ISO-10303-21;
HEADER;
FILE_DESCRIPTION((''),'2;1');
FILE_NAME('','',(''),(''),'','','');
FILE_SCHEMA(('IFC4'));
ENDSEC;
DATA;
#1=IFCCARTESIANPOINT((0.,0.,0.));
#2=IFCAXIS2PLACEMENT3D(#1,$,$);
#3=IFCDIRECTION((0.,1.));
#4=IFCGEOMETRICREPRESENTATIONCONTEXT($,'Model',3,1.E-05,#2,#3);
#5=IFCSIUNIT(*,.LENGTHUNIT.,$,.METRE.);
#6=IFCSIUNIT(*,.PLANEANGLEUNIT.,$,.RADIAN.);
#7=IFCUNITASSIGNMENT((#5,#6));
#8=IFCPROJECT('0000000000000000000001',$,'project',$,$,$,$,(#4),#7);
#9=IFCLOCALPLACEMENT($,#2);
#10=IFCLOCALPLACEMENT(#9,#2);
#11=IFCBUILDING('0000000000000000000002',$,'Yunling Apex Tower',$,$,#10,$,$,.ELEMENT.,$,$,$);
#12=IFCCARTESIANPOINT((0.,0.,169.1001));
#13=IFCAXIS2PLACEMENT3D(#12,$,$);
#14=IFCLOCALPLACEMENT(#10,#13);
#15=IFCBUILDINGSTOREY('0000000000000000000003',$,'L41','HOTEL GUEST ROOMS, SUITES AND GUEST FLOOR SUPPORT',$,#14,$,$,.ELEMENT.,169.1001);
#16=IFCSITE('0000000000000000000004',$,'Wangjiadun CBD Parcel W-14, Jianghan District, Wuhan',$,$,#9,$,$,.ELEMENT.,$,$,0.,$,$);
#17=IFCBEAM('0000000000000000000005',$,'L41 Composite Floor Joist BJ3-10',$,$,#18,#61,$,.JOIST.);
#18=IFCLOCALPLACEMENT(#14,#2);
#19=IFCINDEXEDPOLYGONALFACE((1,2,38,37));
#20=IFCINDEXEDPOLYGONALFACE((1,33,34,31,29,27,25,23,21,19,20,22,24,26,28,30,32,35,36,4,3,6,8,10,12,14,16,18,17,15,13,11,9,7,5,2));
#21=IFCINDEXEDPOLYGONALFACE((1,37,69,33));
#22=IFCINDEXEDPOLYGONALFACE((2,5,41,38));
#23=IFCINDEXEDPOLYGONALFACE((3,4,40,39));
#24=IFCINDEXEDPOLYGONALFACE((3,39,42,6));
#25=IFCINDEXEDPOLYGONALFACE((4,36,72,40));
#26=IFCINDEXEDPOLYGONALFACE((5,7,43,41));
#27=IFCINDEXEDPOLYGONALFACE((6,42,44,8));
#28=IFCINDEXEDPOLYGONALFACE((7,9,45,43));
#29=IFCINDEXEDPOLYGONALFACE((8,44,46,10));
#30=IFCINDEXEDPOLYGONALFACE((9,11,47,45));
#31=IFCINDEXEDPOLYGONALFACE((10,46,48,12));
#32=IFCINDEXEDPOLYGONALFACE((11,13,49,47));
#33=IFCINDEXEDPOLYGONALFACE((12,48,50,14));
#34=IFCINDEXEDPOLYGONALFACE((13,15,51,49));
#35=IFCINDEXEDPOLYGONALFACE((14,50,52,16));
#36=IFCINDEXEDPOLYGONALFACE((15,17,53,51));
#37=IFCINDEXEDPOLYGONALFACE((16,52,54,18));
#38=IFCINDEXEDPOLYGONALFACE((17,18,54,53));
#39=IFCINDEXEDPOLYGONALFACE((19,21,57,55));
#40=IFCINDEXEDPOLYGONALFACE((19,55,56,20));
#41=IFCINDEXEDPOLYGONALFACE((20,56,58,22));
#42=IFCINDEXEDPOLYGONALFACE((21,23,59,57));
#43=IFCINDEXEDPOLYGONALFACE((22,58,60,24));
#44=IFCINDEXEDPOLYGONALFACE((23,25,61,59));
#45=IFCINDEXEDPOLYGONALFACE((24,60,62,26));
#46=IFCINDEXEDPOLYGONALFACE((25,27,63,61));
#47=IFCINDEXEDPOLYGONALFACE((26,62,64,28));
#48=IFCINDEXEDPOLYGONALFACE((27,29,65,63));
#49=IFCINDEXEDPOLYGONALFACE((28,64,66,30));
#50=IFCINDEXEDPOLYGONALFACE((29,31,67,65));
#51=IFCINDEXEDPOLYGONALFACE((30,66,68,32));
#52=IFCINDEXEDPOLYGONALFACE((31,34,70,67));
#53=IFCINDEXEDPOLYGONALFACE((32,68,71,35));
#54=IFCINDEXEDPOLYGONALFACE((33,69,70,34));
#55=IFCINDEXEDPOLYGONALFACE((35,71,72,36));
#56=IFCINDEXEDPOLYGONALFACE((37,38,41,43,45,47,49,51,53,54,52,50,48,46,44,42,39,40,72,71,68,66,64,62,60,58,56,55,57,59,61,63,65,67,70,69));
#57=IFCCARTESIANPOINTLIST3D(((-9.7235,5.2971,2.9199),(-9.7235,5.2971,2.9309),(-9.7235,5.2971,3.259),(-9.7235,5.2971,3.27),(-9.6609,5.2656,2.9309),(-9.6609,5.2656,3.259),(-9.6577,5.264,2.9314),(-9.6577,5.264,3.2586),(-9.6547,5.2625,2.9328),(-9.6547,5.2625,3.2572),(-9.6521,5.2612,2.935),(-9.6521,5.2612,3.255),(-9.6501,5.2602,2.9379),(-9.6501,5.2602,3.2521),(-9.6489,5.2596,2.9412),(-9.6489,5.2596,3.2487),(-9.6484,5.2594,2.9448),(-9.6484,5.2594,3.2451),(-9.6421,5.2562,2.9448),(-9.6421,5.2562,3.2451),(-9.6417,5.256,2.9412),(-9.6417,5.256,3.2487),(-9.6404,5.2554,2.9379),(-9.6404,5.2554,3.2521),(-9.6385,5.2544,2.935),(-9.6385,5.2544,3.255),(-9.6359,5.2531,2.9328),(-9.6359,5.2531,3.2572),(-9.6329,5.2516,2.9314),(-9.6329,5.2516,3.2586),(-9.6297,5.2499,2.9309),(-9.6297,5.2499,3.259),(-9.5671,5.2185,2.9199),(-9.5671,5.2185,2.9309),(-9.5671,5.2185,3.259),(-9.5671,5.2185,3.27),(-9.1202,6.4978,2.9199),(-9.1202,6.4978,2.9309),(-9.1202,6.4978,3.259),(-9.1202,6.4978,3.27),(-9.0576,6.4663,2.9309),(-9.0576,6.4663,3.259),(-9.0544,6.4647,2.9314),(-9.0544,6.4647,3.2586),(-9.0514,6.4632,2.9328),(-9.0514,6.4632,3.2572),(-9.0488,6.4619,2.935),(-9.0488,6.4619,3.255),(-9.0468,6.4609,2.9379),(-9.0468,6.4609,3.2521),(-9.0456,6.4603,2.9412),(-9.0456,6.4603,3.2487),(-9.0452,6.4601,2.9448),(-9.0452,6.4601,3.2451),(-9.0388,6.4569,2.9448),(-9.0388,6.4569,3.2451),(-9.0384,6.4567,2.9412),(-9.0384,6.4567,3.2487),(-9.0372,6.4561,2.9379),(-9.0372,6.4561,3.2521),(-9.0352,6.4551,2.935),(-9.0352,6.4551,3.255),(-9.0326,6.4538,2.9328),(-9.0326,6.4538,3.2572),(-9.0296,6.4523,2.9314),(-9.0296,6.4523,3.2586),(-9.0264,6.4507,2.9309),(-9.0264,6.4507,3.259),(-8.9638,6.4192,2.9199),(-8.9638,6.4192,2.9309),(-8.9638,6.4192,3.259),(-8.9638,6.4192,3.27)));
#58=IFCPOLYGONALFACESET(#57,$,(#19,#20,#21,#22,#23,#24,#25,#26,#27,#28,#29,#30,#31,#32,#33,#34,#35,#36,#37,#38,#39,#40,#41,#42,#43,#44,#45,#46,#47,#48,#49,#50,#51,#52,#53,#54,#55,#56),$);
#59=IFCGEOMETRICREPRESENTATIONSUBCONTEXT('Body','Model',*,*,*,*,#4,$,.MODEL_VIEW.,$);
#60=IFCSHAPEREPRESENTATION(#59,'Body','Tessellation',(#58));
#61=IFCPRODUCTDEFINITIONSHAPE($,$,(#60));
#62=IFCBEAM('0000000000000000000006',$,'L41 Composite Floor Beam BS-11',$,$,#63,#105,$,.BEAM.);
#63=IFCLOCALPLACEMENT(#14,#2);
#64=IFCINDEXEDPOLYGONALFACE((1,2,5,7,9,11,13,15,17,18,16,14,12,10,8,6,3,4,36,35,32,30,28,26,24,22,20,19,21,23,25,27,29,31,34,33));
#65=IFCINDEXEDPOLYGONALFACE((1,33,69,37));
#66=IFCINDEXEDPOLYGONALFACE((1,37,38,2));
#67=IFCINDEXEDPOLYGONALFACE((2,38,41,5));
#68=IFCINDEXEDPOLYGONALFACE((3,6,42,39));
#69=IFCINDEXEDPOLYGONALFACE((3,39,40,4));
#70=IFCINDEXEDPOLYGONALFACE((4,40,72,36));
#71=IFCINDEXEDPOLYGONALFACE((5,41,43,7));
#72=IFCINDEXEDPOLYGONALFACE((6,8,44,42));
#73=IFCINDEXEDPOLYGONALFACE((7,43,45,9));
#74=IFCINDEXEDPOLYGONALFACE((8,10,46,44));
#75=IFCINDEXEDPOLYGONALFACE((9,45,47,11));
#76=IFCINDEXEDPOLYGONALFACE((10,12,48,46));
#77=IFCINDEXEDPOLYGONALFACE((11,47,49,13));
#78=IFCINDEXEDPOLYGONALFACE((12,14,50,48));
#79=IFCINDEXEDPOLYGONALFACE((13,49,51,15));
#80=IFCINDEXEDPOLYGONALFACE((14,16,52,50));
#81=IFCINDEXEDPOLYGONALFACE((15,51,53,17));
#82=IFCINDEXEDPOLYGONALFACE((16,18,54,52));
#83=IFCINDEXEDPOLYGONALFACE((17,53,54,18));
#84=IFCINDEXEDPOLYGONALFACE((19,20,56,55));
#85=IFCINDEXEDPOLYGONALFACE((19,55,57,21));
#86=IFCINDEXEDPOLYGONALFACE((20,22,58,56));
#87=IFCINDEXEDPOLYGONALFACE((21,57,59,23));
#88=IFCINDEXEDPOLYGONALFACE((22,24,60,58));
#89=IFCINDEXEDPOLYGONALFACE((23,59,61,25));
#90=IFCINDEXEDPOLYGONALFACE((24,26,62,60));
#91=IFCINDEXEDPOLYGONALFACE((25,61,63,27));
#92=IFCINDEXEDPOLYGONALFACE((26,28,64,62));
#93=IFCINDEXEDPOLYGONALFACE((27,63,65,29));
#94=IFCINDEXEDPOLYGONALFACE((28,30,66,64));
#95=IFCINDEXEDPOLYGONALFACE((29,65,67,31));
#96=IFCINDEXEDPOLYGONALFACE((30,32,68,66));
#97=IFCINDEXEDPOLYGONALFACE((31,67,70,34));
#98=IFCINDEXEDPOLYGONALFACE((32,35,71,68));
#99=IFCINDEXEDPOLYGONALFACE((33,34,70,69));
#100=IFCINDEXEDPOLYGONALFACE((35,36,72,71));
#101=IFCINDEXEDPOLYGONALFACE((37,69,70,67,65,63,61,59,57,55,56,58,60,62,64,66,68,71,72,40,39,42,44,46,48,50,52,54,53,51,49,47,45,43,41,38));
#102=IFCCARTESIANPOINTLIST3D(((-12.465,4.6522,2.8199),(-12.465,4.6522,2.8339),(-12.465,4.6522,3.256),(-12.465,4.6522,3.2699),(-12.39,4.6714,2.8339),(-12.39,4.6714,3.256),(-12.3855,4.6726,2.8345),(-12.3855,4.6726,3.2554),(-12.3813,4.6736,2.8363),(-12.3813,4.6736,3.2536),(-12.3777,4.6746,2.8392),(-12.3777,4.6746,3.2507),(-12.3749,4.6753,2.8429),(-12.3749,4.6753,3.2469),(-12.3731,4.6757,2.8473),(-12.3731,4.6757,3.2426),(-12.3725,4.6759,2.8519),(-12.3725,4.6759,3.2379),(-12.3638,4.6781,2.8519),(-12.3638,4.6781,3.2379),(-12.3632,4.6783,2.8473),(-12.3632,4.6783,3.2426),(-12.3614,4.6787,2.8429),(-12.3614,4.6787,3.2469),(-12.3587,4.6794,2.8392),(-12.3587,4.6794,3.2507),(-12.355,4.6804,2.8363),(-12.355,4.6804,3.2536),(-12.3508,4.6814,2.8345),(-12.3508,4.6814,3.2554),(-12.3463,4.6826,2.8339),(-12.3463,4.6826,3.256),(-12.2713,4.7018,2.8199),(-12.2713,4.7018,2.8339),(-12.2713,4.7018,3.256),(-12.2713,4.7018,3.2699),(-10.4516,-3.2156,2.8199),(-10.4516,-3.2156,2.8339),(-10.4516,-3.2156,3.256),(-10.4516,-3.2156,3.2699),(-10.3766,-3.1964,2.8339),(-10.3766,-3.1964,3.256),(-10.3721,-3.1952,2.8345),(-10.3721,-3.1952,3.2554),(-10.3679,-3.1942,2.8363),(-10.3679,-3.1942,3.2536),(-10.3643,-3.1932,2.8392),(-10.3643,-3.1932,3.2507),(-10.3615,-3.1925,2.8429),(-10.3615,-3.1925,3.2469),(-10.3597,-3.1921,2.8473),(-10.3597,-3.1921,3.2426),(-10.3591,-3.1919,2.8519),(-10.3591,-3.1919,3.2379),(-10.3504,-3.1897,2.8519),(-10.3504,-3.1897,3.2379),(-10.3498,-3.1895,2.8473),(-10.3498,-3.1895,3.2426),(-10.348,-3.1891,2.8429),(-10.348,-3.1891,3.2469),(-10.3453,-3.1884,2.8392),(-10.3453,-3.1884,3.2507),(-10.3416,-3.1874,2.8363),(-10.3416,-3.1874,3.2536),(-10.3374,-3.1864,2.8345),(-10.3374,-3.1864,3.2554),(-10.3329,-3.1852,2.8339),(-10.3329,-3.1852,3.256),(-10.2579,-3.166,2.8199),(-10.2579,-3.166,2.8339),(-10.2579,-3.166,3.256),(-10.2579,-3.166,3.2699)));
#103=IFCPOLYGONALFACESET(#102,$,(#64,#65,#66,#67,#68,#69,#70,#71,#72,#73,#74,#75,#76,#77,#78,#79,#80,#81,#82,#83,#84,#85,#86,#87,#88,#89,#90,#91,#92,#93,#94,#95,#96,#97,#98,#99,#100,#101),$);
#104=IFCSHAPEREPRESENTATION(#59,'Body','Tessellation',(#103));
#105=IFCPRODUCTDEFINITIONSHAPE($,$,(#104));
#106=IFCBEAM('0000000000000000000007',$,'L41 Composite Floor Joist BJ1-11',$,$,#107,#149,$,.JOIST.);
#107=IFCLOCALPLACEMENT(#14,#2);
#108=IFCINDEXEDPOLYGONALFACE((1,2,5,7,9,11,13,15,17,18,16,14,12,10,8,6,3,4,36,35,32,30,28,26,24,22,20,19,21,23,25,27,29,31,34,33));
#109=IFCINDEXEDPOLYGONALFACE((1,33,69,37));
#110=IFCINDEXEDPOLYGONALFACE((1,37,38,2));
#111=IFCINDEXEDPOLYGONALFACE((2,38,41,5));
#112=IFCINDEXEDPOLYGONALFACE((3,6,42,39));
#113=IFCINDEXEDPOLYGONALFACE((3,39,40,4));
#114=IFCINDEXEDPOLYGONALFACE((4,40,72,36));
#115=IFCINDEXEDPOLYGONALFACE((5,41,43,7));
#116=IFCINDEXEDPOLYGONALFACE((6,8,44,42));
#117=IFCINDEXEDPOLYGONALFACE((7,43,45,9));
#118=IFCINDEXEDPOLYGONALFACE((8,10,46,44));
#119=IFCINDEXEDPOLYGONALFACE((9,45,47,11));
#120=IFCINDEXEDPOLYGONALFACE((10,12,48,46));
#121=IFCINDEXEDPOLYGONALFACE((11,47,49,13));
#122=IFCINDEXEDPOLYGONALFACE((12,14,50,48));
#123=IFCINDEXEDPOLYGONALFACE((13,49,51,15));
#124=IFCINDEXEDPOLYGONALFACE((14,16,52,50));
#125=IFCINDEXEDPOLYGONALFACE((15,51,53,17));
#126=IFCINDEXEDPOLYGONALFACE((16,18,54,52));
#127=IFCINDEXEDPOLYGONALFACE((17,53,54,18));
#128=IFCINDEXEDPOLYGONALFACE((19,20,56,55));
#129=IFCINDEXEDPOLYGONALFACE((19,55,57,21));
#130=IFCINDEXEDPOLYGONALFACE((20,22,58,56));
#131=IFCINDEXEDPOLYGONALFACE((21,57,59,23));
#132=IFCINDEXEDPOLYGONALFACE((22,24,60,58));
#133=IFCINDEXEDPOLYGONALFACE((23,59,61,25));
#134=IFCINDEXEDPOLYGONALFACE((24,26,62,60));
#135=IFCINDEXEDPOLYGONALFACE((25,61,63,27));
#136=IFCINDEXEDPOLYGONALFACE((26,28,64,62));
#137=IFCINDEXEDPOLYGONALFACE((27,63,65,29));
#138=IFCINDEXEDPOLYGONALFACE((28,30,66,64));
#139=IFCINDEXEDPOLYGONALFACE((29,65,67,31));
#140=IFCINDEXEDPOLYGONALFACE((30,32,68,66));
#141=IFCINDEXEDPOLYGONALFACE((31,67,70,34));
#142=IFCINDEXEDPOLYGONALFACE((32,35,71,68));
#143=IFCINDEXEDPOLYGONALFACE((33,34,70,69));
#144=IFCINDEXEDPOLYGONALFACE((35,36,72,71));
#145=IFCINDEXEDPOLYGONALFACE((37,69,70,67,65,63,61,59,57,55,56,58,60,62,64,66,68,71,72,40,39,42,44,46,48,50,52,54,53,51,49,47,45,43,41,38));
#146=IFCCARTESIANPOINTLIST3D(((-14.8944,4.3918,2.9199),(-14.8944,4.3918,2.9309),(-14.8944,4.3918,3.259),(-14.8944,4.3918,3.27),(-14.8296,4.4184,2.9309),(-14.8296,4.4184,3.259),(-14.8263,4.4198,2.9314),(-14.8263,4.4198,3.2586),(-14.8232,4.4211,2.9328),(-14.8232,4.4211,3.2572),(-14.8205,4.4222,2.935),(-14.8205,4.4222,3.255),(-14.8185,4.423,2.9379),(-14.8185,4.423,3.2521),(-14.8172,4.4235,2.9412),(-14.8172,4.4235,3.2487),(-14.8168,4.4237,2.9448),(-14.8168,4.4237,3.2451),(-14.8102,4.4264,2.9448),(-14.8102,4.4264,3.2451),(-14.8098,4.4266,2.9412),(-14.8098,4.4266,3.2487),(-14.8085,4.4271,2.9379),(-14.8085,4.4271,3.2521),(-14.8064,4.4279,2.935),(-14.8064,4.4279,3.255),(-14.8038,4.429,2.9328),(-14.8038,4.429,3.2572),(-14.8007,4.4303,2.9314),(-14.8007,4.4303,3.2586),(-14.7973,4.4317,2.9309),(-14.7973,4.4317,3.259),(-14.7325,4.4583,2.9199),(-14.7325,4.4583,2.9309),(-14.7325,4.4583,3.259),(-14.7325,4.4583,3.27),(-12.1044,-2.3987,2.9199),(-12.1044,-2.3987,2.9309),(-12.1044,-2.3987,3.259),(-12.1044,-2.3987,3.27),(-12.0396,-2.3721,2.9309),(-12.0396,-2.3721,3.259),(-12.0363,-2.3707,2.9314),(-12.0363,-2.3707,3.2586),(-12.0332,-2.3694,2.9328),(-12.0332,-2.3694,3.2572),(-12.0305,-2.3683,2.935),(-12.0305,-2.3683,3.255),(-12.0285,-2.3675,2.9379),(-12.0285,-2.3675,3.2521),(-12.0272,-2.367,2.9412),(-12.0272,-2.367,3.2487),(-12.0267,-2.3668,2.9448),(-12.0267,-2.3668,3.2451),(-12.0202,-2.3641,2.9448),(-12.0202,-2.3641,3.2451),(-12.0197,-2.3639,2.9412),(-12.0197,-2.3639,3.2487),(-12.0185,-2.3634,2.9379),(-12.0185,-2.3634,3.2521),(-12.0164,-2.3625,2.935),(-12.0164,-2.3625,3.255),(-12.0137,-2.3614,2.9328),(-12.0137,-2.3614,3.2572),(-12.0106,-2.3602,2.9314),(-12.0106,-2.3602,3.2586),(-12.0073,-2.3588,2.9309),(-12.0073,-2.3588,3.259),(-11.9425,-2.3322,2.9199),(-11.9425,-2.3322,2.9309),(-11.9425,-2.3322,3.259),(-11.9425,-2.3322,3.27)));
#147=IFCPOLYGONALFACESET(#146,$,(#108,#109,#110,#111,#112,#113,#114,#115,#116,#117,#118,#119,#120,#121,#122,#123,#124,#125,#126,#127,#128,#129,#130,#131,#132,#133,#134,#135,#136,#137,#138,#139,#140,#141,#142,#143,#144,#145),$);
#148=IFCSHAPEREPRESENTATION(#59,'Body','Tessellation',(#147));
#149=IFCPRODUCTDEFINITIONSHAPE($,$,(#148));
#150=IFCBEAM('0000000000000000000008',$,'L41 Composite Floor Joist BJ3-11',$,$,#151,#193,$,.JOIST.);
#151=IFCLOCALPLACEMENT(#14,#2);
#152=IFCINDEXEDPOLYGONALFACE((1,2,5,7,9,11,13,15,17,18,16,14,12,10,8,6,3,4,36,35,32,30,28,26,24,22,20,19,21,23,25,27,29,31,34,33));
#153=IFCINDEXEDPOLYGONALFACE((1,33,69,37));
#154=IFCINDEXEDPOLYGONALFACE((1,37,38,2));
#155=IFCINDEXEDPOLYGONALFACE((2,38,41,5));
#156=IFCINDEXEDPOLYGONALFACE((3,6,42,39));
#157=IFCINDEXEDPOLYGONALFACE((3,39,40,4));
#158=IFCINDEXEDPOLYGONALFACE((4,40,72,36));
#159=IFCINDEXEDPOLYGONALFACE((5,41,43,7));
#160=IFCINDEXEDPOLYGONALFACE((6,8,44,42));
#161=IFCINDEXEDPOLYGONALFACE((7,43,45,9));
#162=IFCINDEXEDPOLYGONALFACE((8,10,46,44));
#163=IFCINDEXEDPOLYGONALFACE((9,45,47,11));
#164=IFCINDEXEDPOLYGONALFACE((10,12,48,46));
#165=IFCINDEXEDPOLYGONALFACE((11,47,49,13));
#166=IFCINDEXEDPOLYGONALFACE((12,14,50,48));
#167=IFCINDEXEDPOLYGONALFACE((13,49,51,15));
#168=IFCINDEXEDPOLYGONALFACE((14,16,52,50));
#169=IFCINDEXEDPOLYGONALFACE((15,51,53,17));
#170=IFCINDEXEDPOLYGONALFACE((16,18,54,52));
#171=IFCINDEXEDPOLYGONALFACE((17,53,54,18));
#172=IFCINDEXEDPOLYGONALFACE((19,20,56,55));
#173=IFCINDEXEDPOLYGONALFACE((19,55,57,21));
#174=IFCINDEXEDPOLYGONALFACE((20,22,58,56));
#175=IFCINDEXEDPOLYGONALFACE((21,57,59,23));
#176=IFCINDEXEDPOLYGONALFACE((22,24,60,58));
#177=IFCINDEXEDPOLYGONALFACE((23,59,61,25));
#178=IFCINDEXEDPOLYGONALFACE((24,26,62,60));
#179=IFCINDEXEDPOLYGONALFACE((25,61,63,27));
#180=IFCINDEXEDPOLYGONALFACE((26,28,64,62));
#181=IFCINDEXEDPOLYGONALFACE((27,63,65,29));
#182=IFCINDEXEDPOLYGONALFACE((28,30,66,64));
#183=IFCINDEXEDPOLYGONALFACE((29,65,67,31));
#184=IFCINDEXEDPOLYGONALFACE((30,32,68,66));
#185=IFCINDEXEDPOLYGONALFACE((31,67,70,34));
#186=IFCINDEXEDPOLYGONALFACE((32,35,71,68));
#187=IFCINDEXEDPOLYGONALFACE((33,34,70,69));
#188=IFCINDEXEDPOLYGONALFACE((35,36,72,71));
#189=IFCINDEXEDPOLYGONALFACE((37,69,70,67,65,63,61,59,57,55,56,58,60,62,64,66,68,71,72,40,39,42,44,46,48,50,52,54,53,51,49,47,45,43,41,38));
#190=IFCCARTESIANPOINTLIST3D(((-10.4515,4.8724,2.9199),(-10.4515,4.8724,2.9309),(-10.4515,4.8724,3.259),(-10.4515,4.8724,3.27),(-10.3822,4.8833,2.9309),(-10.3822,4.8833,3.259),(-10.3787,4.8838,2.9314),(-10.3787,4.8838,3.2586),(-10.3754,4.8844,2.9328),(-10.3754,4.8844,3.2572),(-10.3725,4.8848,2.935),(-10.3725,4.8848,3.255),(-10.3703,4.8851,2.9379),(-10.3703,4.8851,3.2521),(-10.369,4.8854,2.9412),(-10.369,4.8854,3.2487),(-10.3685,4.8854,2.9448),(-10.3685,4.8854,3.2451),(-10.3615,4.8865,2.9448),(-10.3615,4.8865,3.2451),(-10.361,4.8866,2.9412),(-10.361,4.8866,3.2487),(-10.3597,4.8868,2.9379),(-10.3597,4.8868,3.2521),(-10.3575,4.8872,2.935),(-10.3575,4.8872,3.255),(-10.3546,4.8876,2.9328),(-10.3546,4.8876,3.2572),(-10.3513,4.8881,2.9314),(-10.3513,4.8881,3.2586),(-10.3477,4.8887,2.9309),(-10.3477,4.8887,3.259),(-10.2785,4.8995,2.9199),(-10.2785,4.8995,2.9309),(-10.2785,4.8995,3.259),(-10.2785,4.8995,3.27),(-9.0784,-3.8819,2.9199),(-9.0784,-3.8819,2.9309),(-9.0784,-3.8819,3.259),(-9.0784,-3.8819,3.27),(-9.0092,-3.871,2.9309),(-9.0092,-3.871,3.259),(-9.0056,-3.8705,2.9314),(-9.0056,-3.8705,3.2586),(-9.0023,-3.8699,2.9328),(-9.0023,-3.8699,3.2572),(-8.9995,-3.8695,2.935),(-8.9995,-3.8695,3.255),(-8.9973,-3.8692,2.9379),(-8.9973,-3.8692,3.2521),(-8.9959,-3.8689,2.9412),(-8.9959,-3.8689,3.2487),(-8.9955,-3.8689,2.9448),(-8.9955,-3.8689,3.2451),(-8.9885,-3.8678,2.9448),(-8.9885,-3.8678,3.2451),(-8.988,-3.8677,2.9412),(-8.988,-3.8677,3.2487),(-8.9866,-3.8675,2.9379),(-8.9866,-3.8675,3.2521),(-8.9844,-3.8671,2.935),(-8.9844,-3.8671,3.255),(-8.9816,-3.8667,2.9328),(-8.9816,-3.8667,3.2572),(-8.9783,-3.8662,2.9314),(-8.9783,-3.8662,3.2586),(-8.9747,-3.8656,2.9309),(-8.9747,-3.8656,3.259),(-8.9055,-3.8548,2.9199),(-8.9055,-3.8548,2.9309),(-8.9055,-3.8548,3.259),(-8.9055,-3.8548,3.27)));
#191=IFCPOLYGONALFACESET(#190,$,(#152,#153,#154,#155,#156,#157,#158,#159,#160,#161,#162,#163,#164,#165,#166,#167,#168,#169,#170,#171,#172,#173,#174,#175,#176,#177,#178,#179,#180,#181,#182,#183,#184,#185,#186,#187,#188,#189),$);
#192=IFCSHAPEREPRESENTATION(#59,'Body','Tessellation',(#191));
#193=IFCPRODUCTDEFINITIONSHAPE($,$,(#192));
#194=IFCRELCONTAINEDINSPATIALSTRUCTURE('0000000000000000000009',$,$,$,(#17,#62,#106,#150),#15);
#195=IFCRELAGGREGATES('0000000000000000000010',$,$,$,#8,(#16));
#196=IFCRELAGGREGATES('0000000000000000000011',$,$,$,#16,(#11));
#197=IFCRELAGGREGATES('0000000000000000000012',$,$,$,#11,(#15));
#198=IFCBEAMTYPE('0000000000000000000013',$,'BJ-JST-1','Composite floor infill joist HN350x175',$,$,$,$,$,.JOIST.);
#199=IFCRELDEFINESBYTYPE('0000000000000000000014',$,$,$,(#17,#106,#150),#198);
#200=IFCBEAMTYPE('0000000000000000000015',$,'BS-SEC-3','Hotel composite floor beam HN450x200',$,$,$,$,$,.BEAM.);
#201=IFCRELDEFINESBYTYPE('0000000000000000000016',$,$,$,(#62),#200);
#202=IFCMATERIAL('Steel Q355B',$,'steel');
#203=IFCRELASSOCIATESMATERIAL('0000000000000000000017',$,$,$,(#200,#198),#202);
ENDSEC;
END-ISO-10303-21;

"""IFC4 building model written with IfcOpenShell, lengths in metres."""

from ifc_helpers import new_model, si_unit, direction, frame, origin, origin_2d, place, context, subcontext, project, spatial, i_section, extrude, source, transform, mapped, material, material_profile, profile_set, type_object, element, save


model = new_model("IFC4")

# Units and contexts
model_context = context("Model", 3, precision=1e-05, world=origin(), true_north=direction((0.0, 1.0)))
body_context = subcontext(model_context, "Body", "Model", "MODEL_VIEW")
ifc_project = project(units=[si_unit("LENGTHUNIT", "METRE"), si_unit("PLANEANGLEUNIT", "RADIAN")], contexts=[model_context])

# Site, building, storey
site_placement = place(None, origin())
site = spatial("IfcSite", under=ifc_project, at=site_placement, Name="Wangjiadun CBD Parcel W-14, Jianghan District, Wuhan", CompositionType="ELEMENT", RefElevation=0.0)
building_placement = place(site_placement, origin())
building = spatial("IfcBuilding", under=site, at=building_placement, Name="Yunling Apex Tower", CompositionType="ELEMENT")
storey_placement = place(building_placement, frame((0.0, 0.0, 169.1001)))
storey = spatial("IfcBuildingStorey", under=building, at=storey_placement, Name="L41", Description="HOTEL GUEST ROOMS, SUITES AND GUEST FLOOR SUPPORT", CompositionType="ELEMENT", Elevation=169.1001)

# Beams
ifc_material_1 = material(Name="Steel Q355B", Category="steel")
ifc_material_profile_1 = material_profile(ifc_material_1, i_section(OverallWidth=0.2, OverallDepth=0.45, WebThickness=0.009, FlangeThickness=0.0139, FilletRadius=0.0181, at=origin_2d()))
ifc_profile_set_1 = profile_set([ifc_material_profile_1], Name="Steel Q355B")
beam_type_1 = type_object("IfcBeamType", Name="BS-SEC-3", Description="Hotel composite floor beam HN450x200", PredefinedType="BEAM", material=ifc_profile_set_1)
ifc_material_profile_2 = material_profile(ifc_material_1, i_section(OverallWidth=0.175, OverallDepth=0.3501, WebThickness=0.0071, FlangeThickness=0.011, FilletRadius=0.0139, at=origin_2d()))
ifc_profile_set_2 = profile_set([ifc_material_profile_2], Name="Steel Q355B")
beam_type_2 = type_object("IfcBeamType", Name="BJ-JST-1", Description="Composite floor infill joist HN350x175", PredefinedType="JOIST", material=ifc_profile_set_2)
shared_shape_1 = source(origin(), body_context, "Body", "SweptSolid", [
    extrude(i_section(OverallWidth=0.175, OverallDepth=0.3501, WebThickness=0.0071, FlangeThickness=0.011, FilletRadius=0.0139, at=origin_2d()), origin(), (0.0, 0.0, 1.0), 1.3438),
])
beam_1_placement = place(storey_placement, frame((-9.042, 6.4585, 3.095), z_axis=(-0.448957, -0.893553, 0.0), x_axis=(0.893553, -0.448957, 0.0)))
element("IfcBeam", 1, at=beam_1_placement, inside=storey, type_object=beam_type_2, Name="L41 Composite Floor Joist BJ3-10", PredefinedType="JOIST", context=body_context, shape_type="MappedRepresentation", body=[
    mapped(shared_shape_1, transform((0.0, 0.0, 0.0), scale=1.0)),
])
shared_shape_2 = source(origin(), body_context, "Body", "SweptSolid", [
    extrude(i_section(OverallWidth=0.2, OverallDepth=0.45, WebThickness=0.009, FlangeThickness=0.0139, FilletRadius=0.0181, at=origin_2d()), origin(), (0.0, 0.0, 1.0), 8.1213),
])
beam_2_placement = place(storey_placement, frame((-12.3682, 4.677, 3.0449), z_axis=(0.247915, -0.968782, 0.0), x_axis=(0.968782, 0.247915, 0.0)))
element("IfcBeam", 2, at=beam_2_placement, inside=storey, type_object=beam_type_1, Name="L41 Composite Floor Beam BS-11", PredefinedType="BEAM", context=body_context, shape_type="MappedRepresentation", body=[
    mapped(shared_shape_2, transform((0.0, 0.0, 0.0), scale=1.0)),
])
shared_shape_3 = source(origin(), body_context, "Body", "SweptSolid", [
    extrude(i_section(OverallWidth=0.175, OverallDepth=0.3501, WebThickness=0.0071, FlangeThickness=0.011, FilletRadius=0.0139, at=origin_2d()), origin(), (0.0, 0.0, 1.0), 7.3413),
])
beam_3_placement = place(storey_placement, frame((-14.8135, 4.425, 3.095), z_axis=(0.380044, -0.924968, 0.0), x_axis=(0.924968, 0.380044, 0.0)))
element("IfcBeam", 3, at=beam_3_placement, inside=storey, type_object=beam_type_2, Name="L41 Composite Floor Joist BJ1-11", PredefinedType="JOIST", context=body_context, shape_type="MappedRepresentation", body=[
    mapped(shared_shape_3, transform((0.0, 0.0, 0.0), scale=1.0)),
])
shared_shape_4 = source(origin(), body_context, "Body", "SweptSolid", [
    extrude(i_section(OverallWidth=0.175, OverallDepth=0.3501, WebThickness=0.0071, FlangeThickness=0.011, FilletRadius=0.0139, at=origin_2d()), origin(), (0.0, 0.0, 1.0), 8.8613),
])
beam_4_placement = place(storey_placement, frame((-10.365, 4.886, 3.095), z_axis=(0.154947, -0.987923, 0.0), x_axis=(0.987923, 0.154947, 0.0)))
element("IfcBeam", 4, at=beam_4_placement, inside=storey, type_object=beam_type_2, Name="L41 Composite Floor Joist BJ3-11", PredefinedType="JOIST", context=body_context, shape_type="MappedRepresentation", body=[
    mapped(shared_shape_4, transform((0.0, 0.0, 0.0), scale=1.0)),
])

save(model, "model.ifc")
